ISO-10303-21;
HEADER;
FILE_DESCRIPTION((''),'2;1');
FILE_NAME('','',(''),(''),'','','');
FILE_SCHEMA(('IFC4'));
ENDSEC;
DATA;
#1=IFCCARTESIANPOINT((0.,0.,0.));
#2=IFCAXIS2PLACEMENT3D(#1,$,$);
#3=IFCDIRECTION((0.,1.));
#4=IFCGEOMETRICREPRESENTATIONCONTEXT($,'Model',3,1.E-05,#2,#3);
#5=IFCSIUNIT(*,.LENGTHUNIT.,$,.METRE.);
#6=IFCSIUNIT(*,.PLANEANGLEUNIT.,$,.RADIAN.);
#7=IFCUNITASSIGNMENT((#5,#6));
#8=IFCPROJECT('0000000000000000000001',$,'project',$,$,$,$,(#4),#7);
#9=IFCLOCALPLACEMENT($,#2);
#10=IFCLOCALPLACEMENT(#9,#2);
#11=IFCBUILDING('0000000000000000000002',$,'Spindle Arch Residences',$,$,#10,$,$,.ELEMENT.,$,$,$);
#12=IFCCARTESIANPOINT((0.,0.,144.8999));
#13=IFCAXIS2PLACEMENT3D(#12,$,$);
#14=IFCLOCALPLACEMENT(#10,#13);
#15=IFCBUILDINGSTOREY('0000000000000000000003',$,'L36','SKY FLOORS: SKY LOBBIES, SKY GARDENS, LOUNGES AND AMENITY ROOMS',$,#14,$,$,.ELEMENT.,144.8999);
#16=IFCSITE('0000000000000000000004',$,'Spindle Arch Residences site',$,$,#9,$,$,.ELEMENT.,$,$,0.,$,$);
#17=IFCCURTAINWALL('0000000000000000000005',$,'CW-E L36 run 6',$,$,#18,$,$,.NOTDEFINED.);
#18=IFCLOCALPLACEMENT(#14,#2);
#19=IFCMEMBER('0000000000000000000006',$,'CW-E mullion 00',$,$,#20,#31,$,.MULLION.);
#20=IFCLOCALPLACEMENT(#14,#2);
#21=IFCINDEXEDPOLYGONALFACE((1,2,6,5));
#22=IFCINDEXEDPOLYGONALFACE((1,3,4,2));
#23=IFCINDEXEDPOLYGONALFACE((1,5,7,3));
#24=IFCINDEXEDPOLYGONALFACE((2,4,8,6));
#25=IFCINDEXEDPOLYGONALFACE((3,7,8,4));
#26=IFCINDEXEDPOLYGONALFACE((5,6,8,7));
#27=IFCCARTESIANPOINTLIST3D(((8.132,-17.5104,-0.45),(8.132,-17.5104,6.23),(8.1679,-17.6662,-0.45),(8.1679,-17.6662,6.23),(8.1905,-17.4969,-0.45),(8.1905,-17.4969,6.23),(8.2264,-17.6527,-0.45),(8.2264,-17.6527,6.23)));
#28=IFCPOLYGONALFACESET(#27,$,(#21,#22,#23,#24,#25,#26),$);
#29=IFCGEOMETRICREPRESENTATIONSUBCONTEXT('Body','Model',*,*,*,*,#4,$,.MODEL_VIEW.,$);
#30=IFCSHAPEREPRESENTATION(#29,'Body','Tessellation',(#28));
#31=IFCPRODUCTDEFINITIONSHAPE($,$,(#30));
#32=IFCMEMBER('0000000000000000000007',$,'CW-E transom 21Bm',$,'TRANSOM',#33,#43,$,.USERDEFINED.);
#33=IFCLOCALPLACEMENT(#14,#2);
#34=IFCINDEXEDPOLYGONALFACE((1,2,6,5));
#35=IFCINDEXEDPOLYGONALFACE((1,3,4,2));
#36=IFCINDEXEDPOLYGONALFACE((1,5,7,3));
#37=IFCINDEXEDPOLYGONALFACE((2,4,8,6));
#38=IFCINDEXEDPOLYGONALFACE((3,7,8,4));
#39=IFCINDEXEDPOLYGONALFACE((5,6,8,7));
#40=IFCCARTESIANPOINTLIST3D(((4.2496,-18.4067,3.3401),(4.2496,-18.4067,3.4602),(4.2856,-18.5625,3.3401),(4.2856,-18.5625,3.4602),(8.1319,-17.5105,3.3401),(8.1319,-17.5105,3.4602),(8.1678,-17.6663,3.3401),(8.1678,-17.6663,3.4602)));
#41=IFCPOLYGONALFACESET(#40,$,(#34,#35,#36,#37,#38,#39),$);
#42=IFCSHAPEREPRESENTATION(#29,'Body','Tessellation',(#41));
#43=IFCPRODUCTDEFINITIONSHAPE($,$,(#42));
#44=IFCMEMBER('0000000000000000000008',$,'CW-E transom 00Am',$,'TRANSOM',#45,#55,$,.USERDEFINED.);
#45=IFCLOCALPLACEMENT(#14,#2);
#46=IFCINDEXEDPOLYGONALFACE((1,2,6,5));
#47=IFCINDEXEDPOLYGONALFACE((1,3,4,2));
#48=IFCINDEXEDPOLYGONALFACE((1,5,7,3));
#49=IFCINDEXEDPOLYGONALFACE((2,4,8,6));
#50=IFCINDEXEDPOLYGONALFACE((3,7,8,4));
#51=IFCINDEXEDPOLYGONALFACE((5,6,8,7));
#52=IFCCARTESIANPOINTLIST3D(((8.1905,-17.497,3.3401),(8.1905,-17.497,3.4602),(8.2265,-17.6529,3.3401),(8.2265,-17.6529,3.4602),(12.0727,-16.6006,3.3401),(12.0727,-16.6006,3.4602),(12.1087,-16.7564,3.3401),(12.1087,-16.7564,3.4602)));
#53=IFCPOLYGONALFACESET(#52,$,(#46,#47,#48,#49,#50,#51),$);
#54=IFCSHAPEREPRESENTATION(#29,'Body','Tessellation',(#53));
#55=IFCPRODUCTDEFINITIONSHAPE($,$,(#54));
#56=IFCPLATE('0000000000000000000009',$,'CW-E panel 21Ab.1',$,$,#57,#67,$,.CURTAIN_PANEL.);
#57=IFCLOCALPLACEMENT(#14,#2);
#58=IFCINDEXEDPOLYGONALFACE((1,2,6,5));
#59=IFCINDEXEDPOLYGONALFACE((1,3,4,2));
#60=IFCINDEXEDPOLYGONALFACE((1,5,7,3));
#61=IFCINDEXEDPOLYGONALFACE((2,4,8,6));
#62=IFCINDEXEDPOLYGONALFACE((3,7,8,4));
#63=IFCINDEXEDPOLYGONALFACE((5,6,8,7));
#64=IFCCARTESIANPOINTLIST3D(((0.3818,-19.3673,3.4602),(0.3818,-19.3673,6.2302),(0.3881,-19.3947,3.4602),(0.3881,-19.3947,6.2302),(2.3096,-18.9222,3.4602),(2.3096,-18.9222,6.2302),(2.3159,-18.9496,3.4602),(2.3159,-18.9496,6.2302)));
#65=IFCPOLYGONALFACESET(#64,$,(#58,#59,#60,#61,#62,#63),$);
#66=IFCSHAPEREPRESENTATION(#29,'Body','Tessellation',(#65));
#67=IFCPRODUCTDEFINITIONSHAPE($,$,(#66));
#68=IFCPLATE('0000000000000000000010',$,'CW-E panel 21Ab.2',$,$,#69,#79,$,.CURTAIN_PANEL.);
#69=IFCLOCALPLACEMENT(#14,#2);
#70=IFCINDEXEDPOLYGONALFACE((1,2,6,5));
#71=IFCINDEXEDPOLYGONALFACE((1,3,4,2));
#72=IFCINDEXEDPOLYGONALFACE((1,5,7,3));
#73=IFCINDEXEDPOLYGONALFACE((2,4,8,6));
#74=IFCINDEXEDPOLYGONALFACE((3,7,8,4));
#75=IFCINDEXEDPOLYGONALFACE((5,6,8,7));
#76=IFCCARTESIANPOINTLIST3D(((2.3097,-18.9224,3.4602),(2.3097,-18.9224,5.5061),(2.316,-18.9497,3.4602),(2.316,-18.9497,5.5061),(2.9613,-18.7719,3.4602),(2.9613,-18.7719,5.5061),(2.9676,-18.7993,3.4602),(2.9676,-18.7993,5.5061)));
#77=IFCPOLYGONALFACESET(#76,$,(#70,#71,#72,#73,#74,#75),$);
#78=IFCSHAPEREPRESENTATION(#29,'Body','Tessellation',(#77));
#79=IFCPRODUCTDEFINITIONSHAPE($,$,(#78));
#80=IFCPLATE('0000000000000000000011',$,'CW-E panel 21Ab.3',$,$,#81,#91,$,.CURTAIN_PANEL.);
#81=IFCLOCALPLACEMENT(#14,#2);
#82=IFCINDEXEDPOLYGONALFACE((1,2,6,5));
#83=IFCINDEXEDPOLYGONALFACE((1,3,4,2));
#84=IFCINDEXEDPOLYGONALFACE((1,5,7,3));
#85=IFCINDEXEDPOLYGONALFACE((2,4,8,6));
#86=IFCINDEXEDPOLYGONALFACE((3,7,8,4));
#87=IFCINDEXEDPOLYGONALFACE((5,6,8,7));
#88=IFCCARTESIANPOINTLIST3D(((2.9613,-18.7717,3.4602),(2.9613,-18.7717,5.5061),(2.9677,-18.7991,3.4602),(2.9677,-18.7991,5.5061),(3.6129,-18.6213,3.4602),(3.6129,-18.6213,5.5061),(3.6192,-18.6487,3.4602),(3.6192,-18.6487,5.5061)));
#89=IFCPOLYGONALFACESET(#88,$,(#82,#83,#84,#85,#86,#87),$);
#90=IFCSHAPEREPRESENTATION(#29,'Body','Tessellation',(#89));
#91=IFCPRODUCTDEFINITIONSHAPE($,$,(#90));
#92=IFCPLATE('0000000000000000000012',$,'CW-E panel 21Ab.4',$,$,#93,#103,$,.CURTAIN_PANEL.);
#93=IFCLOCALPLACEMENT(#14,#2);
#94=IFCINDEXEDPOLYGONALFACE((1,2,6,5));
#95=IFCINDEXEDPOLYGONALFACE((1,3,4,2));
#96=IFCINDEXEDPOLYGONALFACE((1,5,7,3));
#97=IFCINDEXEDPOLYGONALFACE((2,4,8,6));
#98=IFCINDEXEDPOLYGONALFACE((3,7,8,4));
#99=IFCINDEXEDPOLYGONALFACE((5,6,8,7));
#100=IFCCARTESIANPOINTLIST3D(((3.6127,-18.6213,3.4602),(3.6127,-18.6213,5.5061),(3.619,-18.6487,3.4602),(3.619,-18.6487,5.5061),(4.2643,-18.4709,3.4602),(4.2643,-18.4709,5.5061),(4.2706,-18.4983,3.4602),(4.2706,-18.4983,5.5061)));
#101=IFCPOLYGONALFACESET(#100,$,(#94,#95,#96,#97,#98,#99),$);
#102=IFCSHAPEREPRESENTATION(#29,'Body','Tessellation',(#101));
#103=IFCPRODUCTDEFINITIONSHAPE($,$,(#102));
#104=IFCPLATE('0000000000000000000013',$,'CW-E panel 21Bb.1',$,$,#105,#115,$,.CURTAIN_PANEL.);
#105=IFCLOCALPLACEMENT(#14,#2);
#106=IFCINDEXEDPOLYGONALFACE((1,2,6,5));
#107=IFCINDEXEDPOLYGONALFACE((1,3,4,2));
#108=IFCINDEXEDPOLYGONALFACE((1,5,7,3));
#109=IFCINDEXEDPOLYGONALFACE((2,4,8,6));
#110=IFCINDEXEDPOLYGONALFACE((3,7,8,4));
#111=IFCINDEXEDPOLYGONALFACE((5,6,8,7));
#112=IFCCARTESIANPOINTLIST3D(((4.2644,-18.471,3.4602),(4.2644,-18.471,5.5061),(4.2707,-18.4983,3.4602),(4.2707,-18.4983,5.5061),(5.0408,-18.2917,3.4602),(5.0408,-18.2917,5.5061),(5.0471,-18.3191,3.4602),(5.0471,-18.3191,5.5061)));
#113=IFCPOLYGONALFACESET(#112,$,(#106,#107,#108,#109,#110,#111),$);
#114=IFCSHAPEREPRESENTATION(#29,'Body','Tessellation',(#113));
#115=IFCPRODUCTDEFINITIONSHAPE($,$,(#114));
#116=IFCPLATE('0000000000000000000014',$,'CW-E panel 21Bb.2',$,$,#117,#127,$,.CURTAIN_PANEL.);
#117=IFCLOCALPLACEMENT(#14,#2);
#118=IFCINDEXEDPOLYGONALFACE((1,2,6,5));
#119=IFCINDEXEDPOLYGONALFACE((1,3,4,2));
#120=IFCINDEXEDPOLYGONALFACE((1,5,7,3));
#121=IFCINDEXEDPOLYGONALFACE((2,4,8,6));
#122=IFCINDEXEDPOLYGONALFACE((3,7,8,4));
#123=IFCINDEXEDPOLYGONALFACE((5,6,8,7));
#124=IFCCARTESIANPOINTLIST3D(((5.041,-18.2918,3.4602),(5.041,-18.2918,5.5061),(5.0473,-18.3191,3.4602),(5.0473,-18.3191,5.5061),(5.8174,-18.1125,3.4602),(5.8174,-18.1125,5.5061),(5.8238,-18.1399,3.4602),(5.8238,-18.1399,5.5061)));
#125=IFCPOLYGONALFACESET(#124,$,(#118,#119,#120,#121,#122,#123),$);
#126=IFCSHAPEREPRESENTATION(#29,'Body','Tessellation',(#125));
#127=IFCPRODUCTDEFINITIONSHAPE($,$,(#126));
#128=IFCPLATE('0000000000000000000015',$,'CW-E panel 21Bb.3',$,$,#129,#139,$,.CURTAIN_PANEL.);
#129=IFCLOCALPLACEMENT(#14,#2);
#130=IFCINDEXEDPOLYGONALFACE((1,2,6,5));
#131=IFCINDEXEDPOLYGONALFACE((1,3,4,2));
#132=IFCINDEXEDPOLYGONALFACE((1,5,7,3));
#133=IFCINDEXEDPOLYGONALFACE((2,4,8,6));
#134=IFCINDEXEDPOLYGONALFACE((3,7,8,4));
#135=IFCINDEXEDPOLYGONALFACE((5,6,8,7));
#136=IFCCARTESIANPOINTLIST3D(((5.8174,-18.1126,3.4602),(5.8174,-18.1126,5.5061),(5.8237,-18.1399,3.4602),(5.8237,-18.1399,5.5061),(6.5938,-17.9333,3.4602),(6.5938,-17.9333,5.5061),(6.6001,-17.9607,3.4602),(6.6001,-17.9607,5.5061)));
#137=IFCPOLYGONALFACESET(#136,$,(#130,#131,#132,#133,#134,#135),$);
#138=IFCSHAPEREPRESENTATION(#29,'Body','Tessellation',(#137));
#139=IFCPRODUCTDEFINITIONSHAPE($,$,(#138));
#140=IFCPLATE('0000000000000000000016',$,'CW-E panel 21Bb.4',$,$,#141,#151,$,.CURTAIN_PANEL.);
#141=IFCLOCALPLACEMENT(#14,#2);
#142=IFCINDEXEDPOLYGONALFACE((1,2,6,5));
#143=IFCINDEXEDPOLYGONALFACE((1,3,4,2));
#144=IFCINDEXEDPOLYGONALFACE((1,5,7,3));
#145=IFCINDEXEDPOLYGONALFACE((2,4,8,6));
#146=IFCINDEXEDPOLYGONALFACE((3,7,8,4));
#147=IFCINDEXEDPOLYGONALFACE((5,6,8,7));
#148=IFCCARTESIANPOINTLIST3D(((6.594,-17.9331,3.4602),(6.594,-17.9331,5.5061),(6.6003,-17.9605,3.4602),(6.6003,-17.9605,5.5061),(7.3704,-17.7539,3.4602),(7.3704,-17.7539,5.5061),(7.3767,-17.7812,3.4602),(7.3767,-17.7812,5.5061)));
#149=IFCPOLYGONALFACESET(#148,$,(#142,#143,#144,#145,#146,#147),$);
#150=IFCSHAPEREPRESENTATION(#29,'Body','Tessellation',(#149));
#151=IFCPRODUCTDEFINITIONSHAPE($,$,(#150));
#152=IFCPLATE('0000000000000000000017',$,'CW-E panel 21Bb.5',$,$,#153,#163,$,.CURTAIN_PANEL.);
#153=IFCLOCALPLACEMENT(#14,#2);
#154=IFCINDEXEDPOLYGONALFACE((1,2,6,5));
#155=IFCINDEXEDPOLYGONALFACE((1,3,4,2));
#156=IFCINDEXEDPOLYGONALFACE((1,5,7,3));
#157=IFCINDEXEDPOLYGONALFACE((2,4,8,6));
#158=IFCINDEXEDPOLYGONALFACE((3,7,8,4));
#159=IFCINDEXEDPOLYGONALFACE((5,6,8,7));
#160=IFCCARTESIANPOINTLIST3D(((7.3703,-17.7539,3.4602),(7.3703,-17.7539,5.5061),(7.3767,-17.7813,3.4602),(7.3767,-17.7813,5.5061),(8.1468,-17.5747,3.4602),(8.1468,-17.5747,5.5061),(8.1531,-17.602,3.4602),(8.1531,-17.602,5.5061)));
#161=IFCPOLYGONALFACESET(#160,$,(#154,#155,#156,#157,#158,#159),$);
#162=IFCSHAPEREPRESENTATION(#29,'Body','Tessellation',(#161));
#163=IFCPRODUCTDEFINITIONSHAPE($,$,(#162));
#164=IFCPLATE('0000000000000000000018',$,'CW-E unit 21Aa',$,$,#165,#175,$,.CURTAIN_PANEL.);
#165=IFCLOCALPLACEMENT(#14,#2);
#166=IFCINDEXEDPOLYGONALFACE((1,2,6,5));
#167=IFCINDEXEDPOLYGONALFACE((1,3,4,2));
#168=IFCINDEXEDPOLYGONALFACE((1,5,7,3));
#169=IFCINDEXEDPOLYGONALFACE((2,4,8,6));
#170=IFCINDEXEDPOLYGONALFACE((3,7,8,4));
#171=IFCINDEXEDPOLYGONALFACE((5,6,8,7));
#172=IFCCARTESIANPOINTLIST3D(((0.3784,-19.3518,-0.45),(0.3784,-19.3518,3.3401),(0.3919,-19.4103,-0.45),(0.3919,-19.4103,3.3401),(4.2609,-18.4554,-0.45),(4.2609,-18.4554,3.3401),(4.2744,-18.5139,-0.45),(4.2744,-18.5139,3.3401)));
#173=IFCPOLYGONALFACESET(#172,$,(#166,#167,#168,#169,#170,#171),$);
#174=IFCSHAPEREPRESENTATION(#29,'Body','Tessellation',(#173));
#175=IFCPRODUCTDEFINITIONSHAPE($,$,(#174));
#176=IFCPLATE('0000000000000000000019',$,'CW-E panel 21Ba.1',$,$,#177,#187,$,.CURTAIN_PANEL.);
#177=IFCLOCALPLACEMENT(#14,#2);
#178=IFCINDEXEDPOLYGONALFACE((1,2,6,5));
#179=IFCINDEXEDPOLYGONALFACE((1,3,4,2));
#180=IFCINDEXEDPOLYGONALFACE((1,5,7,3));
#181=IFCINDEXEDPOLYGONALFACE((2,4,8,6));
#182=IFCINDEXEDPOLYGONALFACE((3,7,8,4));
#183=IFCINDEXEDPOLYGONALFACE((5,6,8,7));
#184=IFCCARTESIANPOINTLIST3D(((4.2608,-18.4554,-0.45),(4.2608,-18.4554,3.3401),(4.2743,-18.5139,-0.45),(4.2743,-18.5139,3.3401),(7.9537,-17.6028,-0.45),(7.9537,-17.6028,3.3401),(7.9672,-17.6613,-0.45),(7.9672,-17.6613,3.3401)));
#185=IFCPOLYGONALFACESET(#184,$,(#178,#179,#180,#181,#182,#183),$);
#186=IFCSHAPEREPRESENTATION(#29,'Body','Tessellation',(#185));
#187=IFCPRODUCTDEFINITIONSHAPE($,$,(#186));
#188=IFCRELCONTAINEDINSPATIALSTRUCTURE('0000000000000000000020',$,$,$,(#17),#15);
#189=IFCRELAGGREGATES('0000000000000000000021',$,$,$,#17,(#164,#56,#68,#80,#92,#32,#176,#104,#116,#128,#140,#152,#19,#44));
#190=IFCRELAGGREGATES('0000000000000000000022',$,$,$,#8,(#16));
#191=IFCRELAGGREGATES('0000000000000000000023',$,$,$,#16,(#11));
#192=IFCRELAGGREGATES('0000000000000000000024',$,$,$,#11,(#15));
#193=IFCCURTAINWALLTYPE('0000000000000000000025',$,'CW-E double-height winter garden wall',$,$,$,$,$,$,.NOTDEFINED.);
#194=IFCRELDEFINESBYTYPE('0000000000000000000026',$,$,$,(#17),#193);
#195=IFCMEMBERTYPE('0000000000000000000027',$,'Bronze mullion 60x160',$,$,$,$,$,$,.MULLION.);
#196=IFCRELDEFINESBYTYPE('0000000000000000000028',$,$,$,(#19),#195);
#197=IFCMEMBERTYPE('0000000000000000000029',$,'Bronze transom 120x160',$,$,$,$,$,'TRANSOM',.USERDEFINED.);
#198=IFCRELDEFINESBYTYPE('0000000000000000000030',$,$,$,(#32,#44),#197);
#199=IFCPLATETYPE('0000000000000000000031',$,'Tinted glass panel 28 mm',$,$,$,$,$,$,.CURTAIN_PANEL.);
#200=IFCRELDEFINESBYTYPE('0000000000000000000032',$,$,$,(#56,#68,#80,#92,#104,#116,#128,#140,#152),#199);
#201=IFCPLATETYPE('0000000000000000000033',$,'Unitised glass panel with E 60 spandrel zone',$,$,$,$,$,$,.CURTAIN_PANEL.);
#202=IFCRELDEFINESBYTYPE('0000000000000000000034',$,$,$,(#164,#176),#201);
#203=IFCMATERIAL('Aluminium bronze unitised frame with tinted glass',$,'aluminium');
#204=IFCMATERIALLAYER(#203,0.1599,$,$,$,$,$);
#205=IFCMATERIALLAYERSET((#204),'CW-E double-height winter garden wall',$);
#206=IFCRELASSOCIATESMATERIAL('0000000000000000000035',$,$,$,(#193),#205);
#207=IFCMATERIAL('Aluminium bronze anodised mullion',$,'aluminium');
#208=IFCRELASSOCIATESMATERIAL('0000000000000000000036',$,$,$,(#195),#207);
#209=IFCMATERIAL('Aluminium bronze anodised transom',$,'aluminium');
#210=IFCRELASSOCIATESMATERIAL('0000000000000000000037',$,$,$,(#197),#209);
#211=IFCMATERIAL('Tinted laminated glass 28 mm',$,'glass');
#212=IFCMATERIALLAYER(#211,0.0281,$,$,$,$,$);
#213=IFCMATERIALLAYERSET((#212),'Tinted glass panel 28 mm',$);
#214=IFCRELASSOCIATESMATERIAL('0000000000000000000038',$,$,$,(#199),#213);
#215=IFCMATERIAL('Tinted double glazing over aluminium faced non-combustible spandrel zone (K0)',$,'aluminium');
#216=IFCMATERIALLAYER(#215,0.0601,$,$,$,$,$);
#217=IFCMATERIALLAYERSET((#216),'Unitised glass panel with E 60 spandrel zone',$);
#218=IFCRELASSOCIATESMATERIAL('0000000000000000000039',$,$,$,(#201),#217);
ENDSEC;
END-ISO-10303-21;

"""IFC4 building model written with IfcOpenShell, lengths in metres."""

from ifc_helpers import new_model, si_unit, direction, frame, origin, origin_2d, place, context, subcontext, project, spatial, rectangle, extrude, material, layer, layer_set, material_profile, profile_set, type_object, element, aggregate, save


model = new_model("IFC4")

# Units and contexts
model_context = context("Model", 3, precision=1e-05, world=origin(), true_north=direction((0.0, 1.0)))
body_context = subcontext(model_context, "Body", "Model", "MODEL_VIEW")
ifc_project = project(units=[si_unit("LENGTHUNIT", "METRE"), si_unit("PLANEANGLEUNIT", "RADIAN")], contexts=[model_context])

# Site, building, storey
site_placement = place(None, origin())
site = spatial("IfcSite", under=ifc_project, at=site_placement, Name="Spindle Arch Residences site", CompositionType="ELEMENT", RefElevation=0.0)
building_placement = place(site_placement, origin())
building = spatial("IfcBuilding", under=site, at=building_placement, Name="Spindle Arch Residences", CompositionType="ELEMENT")
storey_placement = place(building_placement, frame((0.0, 0.0, 144.8999)))
storey = spatial("IfcBuildingStorey", under=building, at=storey_placement, Name="L36", Description="SKY FLOORS: SKY LOBBIES, SKY GARDENS, LOUNGES AND AMENITY ROOMS", CompositionType="ELEMENT", Elevation=144.8999)

# Curtain wall, members, plates
ifc_material_1 = material(Name="Aluminium bronze unitised frame with tinted glass", Category="aluminium")
ifc_layer_1 = layer(ifc_material_1, 0.1599)
ifc_layer_set_1 = layer_set([ifc_layer_1], Name="CW-E double-height winter garden wall")
curtain_wall_type = type_object("IfcCurtainWallType", Name="CW-E double-height winter garden wall", PredefinedType="NOTDEFINED", material=ifc_layer_set_1)
curtain_wall_placement = place(storey_placement, origin())
curtain_wall = element("IfcCurtainWall", 1, at=curtain_wall_placement, inside=storey, type_object=curtain_wall_type, Name="CW-E L36 run 6", PredefinedType="NOTDEFINED")
ifc_material_2 = material(Name="Aluminium bronze anodised mullion", Category="aluminium")
ifc_material_profile_1 = material_profile(ifc_material_2, rectangle(XDim=0.1599, YDim=0.0601, at=origin_2d()), Name="MU 60x160")
ifc_profile_set_1 = profile_set([ifc_material_profile_1], Name="Aluminium bronze anodised mullion")
member_type_1 = type_object("IfcMemberType", Name="Bronze mullion 60x160", PredefinedType="MULLION", material=ifc_profile_set_1)
member_1_placement = place(storey_placement, frame((8.1792, -17.5815, -0.45), z_axis=(0.0, 0.0, 1.0), x_axis=(-0.224951, 0.97437, 0.0)))
member_1 = element("IfcMember", 2, at=member_1_placement, type_object=member_type_1, Name="CW-E mullion 00", PredefinedType="MULLION", context=body_context, shape_type="SweptSolid", body=[
    extrude(rectangle(XDim=0.1599, YDim=0.0601, at=origin_2d()), origin(), (0.0, 0.0, 1.0), 6.6799),
])
ifc_material_3 = material(Name="Aluminium bronze anodised transom", Category="aluminium")
ifc_material_profile_2 = material_profile(ifc_material_3, rectangle(XDim=0.1599, YDim=0.1201, at=origin_2d()), Name="TR 120x160")
ifc_profile_set_2 = profile_set([ifc_material_profile_2], Name="Aluminium bronze anodised transom")
member_type_2 = type_object("IfcMemberType", Name="Bronze transom 120x160", ElementType="TRANSOM", PredefinedType="USERDEFINED", material=ifc_profile_set_2)
member_2_placement = place(storey_placement, frame((4.2676, -18.4846, 3.4001), z_axis=(0.974374, 0.224936, 0.0), x_axis=(-0.224936, 0.974374, 0.0)))
member_2 = element("IfcMember", 3, at=member_2_placement, type_object=member_type_2, Name="CW-E transom 21Bm", ObjectType="TRANSOM", PredefinedType="USERDEFINED", context=body_context, shape_type="SweptSolid", body=[
    extrude(rectangle(XDim=0.1599, YDim=0.1201, at=origin_2d()), origin(), (0.0, 0.0, 1.0), 3.9844),
])
member_3_placement = place(storey_placement, frame((8.2085, -17.575, 3.4001), z_axis=(0.97436, 0.224994, 0.0), x_axis=(-0.224994, 0.97436, 0.0)))
member_3 = element("IfcMember", 4, at=member_3_placement, type_object=member_type_2, Name="CW-E transom 00Am", ObjectType="TRANSOM", PredefinedType="USERDEFINED", context=body_context, shape_type="SweptSolid", body=[
    extrude(rectangle(XDim=0.1599, YDim=0.1201, at=origin_2d()), origin(), (0.0, 0.0, 1.0), 3.9844),
])
ifc_material_4 = material(Name="Tinted laminated glass 28 mm", Category="glass")
ifc_layer_2 = layer(ifc_material_4, 0.0281)
ifc_layer_set_2 = layer_set([ifc_layer_2], Name="Tinted glass panel 28 mm")
plate_type_1 = type_object("IfcPlateType", Name="Tinted glass panel 28 mm", PredefinedType="CURTAIN_PANEL", material=ifc_layer_set_2)
plate_1_placement = place(storey_placement, frame((1.3489, -19.1584, 3.4602), z_axis=(0.0, 0.0, 1.0), x_axis=(0.97437, 0.224951, 0.0)))
plate_1 = element("IfcPlate", 5, at=plate_1_placement, type_object=plate_type_1, Name="CW-E panel 21Ab.1", PredefinedType="CURTAIN_PANEL", context=body_context, shape_type="SweptSolid", body=[
    extrude(rectangle(XDim=1.9785, YDim=0.0281, at=origin_2d()), origin(), (0.0, 0.0, 1.0), 2.77),
])
plate_2_placement = place(storey_placement, frame((2.6387, -18.8608, 3.4602), z_axis=(0.0, 0.0, 1.0), x_axis=(0.97437, 0.224951, 0.0)))
plate_2 = element("IfcPlate", 6, at=plate_2_placement, type_object=plate_type_1, Name="CW-E panel 21Ab.2", PredefinedType="CURTAIN_PANEL", context=body_context, shape_type="SweptSolid", body=[
    extrude(rectangle(XDim=0.6687, YDim=0.0281, at=origin_2d()), origin(), (0.0, 0.0, 1.0), 2.0459),
])
plate_3_placement = place(storey_placement, frame((3.2903, -18.7102, 3.4602), z_axis=(0.0, 0.0, 1.0), x_axis=(0.97437, 0.224951, 0.0)))
plate_3 = element("IfcPlate", 7, at=plate_3_placement, type_object=plate_type_1, Name="CW-E panel 21Ab.3", PredefinedType="CURTAIN_PANEL", context=body_context, shape_type="SweptSolid", body=[
    extrude(rectangle(XDim=0.6687, YDim=0.0281, at=origin_2d()), origin(), (0.0, 0.0, 1.0), 2.0459),
])
plate_4_placement = place(storey_placement, frame((3.9417, -18.5598, 3.4602), z_axis=(0.0, 0.0, 1.0), x_axis=(0.97437, 0.224951, 0.0)))
plate_4 = element("IfcPlate", 8, at=plate_4_placement, type_object=plate_type_1, Name="CW-E panel 21Ab.4", PredefinedType="CURTAIN_PANEL", context=body_context, shape_type="SweptSolid", body=[
    extrude(rectangle(XDim=0.6687, YDim=0.0281, at=origin_2d()), origin(), (0.0, 0.0, 1.0), 2.0459),
])
plate_5_placement = place(storey_placement, frame((4.6558, -18.395, 3.4602), z_axis=(0.0, 0.0, 1.0), x_axis=(0.97437, 0.224951, 0.0)))
plate_5 = element("IfcPlate", 9, at=plate_5_placement, type_object=plate_type_1, Name="CW-E panel 21Bb.1", PredefinedType="CURTAIN_PANEL", context=body_context, shape_type="SweptSolid", body=[
    extrude(rectangle(XDim=0.7969, YDim=0.0281, at=origin_2d()), origin(), (0.0, 0.0, 1.0), 2.0459),
])
plate_6_placement = place(storey_placement, frame((5.4324, -18.2158, 3.4602), z_axis=(0.0, 0.0, 1.0), x_axis=(0.97437, 0.224951, 0.0)))
plate_6 = element("IfcPlate", 10, at=plate_6_placement, type_object=plate_type_1, Name="CW-E panel 21Bb.2", PredefinedType="CURTAIN_PANEL", context=body_context, shape_type="SweptSolid", body=[
    extrude(rectangle(XDim=0.7969, YDim=0.0281, at=origin_2d()), origin(), (0.0, 0.0, 1.0), 2.0459),
])
plate_7_placement = place(storey_placement, frame((6.2087, -18.0366, 3.4602), z_axis=(0.0, 0.0, 1.0), x_axis=(0.97437, 0.224951, 0.0)))
plate_7 = element("IfcPlate", 11, at=plate_7_placement, type_object=plate_type_1, Name="CW-E panel 21Bb.3", PredefinedType="CURTAIN_PANEL", context=body_context, shape_type="SweptSolid", body=[
    extrude(rectangle(XDim=0.7969, YDim=0.0281, at=origin_2d()), origin(), (0.0, 0.0, 1.0), 2.0459),
])
plate_8_placement = place(storey_placement, frame((6.9854, -17.8572, 3.4602), z_axis=(0.0, 0.0, 1.0), x_axis=(0.97437, 0.224951, 0.0)))
plate_8 = element("IfcPlate", 12, at=plate_8_placement, type_object=plate_type_1, Name="CW-E panel 21Bb.4", PredefinedType="CURTAIN_PANEL", context=body_context, shape_type="SweptSolid", body=[
    extrude(rectangle(XDim=0.7969, YDim=0.0281, at=origin_2d()), origin(), (0.0, 0.0, 1.0), 2.0459),
])
plate_9_placement = place(storey_placement, frame((7.7617, -17.678, 3.4602), z_axis=(0.0, 0.0, 1.0), x_axis=(0.97437, 0.224951, 0.0)))
plate_9 = element("IfcPlate", 13, at=plate_9_placement, type_object=plate_type_1, Name="CW-E panel 21Bb.5", PredefinedType="CURTAIN_PANEL", context=body_context, shape_type="SweptSolid", body=[
    extrude(rectangle(XDim=0.7969, YDim=0.0281, at=origin_2d()), origin(), (0.0, 0.0, 1.0), 2.0459),
])
ifc_material_5 = material(Name="Tinted double glazing over aluminium faced non-combustible spandrel zone (K0)", Category="aluminium")
ifc_layer_3 = layer(ifc_material_5, 0.0601)
ifc_layer_set_3 = layer_set([ifc_layer_3], Name="Unitised glass panel with E 60 spandrel zone")
plate_type_2 = type_object("IfcPlateType", Name="Unitised glass panel with E 60 spandrel zone", PredefinedType="CURTAIN_PANEL", material=ifc_layer_set_3)
plate_10_placement = place(storey_placement, frame((2.3264, -18.9329, -0.45), z_axis=(0.0, 0.0, 1.0), x_axis=(0.97437, 0.224951, 0.0)))
plate_10 = element("IfcPlate", 14, at=plate_10_placement, type_object=plate_type_2, Name="CW-E unit 21Aa", PredefinedType="CURTAIN_PANEL", context=body_context, shape_type="SweptSolid", body=[
    extrude(rectangle(XDim=3.9846, YDim=0.0601, at=origin_2d()), origin(), (0.0, 0.0, 1.0), 3.79),
])
plate_11_placement = place(storey_placement, frame((6.114, -18.0583, -0.45), z_axis=(0.0, 0.0, 1.0), x_axis=(0.97437, 0.224951, 0.0)))
plate_11 = element("IfcPlate", 15, at=plate_11_placement, type_object=plate_type_2, Name="CW-E panel 21Ba.1", PredefinedType="CURTAIN_PANEL", context=body_context, shape_type="SweptSolid", body=[
    extrude(rectangle(XDim=3.79, YDim=0.0601, at=origin_2d()), origin(), (0.0, 0.0, 1.0), 3.79),
])
aggregate(curtain_wall, [plate_10, plate_1, plate_2, plate_3, plate_4, member_2, plate_11, plate_5, plate_6, plate_7, plate_8, plate_9, member_1, member_3])

save(model, "model.ifc")
